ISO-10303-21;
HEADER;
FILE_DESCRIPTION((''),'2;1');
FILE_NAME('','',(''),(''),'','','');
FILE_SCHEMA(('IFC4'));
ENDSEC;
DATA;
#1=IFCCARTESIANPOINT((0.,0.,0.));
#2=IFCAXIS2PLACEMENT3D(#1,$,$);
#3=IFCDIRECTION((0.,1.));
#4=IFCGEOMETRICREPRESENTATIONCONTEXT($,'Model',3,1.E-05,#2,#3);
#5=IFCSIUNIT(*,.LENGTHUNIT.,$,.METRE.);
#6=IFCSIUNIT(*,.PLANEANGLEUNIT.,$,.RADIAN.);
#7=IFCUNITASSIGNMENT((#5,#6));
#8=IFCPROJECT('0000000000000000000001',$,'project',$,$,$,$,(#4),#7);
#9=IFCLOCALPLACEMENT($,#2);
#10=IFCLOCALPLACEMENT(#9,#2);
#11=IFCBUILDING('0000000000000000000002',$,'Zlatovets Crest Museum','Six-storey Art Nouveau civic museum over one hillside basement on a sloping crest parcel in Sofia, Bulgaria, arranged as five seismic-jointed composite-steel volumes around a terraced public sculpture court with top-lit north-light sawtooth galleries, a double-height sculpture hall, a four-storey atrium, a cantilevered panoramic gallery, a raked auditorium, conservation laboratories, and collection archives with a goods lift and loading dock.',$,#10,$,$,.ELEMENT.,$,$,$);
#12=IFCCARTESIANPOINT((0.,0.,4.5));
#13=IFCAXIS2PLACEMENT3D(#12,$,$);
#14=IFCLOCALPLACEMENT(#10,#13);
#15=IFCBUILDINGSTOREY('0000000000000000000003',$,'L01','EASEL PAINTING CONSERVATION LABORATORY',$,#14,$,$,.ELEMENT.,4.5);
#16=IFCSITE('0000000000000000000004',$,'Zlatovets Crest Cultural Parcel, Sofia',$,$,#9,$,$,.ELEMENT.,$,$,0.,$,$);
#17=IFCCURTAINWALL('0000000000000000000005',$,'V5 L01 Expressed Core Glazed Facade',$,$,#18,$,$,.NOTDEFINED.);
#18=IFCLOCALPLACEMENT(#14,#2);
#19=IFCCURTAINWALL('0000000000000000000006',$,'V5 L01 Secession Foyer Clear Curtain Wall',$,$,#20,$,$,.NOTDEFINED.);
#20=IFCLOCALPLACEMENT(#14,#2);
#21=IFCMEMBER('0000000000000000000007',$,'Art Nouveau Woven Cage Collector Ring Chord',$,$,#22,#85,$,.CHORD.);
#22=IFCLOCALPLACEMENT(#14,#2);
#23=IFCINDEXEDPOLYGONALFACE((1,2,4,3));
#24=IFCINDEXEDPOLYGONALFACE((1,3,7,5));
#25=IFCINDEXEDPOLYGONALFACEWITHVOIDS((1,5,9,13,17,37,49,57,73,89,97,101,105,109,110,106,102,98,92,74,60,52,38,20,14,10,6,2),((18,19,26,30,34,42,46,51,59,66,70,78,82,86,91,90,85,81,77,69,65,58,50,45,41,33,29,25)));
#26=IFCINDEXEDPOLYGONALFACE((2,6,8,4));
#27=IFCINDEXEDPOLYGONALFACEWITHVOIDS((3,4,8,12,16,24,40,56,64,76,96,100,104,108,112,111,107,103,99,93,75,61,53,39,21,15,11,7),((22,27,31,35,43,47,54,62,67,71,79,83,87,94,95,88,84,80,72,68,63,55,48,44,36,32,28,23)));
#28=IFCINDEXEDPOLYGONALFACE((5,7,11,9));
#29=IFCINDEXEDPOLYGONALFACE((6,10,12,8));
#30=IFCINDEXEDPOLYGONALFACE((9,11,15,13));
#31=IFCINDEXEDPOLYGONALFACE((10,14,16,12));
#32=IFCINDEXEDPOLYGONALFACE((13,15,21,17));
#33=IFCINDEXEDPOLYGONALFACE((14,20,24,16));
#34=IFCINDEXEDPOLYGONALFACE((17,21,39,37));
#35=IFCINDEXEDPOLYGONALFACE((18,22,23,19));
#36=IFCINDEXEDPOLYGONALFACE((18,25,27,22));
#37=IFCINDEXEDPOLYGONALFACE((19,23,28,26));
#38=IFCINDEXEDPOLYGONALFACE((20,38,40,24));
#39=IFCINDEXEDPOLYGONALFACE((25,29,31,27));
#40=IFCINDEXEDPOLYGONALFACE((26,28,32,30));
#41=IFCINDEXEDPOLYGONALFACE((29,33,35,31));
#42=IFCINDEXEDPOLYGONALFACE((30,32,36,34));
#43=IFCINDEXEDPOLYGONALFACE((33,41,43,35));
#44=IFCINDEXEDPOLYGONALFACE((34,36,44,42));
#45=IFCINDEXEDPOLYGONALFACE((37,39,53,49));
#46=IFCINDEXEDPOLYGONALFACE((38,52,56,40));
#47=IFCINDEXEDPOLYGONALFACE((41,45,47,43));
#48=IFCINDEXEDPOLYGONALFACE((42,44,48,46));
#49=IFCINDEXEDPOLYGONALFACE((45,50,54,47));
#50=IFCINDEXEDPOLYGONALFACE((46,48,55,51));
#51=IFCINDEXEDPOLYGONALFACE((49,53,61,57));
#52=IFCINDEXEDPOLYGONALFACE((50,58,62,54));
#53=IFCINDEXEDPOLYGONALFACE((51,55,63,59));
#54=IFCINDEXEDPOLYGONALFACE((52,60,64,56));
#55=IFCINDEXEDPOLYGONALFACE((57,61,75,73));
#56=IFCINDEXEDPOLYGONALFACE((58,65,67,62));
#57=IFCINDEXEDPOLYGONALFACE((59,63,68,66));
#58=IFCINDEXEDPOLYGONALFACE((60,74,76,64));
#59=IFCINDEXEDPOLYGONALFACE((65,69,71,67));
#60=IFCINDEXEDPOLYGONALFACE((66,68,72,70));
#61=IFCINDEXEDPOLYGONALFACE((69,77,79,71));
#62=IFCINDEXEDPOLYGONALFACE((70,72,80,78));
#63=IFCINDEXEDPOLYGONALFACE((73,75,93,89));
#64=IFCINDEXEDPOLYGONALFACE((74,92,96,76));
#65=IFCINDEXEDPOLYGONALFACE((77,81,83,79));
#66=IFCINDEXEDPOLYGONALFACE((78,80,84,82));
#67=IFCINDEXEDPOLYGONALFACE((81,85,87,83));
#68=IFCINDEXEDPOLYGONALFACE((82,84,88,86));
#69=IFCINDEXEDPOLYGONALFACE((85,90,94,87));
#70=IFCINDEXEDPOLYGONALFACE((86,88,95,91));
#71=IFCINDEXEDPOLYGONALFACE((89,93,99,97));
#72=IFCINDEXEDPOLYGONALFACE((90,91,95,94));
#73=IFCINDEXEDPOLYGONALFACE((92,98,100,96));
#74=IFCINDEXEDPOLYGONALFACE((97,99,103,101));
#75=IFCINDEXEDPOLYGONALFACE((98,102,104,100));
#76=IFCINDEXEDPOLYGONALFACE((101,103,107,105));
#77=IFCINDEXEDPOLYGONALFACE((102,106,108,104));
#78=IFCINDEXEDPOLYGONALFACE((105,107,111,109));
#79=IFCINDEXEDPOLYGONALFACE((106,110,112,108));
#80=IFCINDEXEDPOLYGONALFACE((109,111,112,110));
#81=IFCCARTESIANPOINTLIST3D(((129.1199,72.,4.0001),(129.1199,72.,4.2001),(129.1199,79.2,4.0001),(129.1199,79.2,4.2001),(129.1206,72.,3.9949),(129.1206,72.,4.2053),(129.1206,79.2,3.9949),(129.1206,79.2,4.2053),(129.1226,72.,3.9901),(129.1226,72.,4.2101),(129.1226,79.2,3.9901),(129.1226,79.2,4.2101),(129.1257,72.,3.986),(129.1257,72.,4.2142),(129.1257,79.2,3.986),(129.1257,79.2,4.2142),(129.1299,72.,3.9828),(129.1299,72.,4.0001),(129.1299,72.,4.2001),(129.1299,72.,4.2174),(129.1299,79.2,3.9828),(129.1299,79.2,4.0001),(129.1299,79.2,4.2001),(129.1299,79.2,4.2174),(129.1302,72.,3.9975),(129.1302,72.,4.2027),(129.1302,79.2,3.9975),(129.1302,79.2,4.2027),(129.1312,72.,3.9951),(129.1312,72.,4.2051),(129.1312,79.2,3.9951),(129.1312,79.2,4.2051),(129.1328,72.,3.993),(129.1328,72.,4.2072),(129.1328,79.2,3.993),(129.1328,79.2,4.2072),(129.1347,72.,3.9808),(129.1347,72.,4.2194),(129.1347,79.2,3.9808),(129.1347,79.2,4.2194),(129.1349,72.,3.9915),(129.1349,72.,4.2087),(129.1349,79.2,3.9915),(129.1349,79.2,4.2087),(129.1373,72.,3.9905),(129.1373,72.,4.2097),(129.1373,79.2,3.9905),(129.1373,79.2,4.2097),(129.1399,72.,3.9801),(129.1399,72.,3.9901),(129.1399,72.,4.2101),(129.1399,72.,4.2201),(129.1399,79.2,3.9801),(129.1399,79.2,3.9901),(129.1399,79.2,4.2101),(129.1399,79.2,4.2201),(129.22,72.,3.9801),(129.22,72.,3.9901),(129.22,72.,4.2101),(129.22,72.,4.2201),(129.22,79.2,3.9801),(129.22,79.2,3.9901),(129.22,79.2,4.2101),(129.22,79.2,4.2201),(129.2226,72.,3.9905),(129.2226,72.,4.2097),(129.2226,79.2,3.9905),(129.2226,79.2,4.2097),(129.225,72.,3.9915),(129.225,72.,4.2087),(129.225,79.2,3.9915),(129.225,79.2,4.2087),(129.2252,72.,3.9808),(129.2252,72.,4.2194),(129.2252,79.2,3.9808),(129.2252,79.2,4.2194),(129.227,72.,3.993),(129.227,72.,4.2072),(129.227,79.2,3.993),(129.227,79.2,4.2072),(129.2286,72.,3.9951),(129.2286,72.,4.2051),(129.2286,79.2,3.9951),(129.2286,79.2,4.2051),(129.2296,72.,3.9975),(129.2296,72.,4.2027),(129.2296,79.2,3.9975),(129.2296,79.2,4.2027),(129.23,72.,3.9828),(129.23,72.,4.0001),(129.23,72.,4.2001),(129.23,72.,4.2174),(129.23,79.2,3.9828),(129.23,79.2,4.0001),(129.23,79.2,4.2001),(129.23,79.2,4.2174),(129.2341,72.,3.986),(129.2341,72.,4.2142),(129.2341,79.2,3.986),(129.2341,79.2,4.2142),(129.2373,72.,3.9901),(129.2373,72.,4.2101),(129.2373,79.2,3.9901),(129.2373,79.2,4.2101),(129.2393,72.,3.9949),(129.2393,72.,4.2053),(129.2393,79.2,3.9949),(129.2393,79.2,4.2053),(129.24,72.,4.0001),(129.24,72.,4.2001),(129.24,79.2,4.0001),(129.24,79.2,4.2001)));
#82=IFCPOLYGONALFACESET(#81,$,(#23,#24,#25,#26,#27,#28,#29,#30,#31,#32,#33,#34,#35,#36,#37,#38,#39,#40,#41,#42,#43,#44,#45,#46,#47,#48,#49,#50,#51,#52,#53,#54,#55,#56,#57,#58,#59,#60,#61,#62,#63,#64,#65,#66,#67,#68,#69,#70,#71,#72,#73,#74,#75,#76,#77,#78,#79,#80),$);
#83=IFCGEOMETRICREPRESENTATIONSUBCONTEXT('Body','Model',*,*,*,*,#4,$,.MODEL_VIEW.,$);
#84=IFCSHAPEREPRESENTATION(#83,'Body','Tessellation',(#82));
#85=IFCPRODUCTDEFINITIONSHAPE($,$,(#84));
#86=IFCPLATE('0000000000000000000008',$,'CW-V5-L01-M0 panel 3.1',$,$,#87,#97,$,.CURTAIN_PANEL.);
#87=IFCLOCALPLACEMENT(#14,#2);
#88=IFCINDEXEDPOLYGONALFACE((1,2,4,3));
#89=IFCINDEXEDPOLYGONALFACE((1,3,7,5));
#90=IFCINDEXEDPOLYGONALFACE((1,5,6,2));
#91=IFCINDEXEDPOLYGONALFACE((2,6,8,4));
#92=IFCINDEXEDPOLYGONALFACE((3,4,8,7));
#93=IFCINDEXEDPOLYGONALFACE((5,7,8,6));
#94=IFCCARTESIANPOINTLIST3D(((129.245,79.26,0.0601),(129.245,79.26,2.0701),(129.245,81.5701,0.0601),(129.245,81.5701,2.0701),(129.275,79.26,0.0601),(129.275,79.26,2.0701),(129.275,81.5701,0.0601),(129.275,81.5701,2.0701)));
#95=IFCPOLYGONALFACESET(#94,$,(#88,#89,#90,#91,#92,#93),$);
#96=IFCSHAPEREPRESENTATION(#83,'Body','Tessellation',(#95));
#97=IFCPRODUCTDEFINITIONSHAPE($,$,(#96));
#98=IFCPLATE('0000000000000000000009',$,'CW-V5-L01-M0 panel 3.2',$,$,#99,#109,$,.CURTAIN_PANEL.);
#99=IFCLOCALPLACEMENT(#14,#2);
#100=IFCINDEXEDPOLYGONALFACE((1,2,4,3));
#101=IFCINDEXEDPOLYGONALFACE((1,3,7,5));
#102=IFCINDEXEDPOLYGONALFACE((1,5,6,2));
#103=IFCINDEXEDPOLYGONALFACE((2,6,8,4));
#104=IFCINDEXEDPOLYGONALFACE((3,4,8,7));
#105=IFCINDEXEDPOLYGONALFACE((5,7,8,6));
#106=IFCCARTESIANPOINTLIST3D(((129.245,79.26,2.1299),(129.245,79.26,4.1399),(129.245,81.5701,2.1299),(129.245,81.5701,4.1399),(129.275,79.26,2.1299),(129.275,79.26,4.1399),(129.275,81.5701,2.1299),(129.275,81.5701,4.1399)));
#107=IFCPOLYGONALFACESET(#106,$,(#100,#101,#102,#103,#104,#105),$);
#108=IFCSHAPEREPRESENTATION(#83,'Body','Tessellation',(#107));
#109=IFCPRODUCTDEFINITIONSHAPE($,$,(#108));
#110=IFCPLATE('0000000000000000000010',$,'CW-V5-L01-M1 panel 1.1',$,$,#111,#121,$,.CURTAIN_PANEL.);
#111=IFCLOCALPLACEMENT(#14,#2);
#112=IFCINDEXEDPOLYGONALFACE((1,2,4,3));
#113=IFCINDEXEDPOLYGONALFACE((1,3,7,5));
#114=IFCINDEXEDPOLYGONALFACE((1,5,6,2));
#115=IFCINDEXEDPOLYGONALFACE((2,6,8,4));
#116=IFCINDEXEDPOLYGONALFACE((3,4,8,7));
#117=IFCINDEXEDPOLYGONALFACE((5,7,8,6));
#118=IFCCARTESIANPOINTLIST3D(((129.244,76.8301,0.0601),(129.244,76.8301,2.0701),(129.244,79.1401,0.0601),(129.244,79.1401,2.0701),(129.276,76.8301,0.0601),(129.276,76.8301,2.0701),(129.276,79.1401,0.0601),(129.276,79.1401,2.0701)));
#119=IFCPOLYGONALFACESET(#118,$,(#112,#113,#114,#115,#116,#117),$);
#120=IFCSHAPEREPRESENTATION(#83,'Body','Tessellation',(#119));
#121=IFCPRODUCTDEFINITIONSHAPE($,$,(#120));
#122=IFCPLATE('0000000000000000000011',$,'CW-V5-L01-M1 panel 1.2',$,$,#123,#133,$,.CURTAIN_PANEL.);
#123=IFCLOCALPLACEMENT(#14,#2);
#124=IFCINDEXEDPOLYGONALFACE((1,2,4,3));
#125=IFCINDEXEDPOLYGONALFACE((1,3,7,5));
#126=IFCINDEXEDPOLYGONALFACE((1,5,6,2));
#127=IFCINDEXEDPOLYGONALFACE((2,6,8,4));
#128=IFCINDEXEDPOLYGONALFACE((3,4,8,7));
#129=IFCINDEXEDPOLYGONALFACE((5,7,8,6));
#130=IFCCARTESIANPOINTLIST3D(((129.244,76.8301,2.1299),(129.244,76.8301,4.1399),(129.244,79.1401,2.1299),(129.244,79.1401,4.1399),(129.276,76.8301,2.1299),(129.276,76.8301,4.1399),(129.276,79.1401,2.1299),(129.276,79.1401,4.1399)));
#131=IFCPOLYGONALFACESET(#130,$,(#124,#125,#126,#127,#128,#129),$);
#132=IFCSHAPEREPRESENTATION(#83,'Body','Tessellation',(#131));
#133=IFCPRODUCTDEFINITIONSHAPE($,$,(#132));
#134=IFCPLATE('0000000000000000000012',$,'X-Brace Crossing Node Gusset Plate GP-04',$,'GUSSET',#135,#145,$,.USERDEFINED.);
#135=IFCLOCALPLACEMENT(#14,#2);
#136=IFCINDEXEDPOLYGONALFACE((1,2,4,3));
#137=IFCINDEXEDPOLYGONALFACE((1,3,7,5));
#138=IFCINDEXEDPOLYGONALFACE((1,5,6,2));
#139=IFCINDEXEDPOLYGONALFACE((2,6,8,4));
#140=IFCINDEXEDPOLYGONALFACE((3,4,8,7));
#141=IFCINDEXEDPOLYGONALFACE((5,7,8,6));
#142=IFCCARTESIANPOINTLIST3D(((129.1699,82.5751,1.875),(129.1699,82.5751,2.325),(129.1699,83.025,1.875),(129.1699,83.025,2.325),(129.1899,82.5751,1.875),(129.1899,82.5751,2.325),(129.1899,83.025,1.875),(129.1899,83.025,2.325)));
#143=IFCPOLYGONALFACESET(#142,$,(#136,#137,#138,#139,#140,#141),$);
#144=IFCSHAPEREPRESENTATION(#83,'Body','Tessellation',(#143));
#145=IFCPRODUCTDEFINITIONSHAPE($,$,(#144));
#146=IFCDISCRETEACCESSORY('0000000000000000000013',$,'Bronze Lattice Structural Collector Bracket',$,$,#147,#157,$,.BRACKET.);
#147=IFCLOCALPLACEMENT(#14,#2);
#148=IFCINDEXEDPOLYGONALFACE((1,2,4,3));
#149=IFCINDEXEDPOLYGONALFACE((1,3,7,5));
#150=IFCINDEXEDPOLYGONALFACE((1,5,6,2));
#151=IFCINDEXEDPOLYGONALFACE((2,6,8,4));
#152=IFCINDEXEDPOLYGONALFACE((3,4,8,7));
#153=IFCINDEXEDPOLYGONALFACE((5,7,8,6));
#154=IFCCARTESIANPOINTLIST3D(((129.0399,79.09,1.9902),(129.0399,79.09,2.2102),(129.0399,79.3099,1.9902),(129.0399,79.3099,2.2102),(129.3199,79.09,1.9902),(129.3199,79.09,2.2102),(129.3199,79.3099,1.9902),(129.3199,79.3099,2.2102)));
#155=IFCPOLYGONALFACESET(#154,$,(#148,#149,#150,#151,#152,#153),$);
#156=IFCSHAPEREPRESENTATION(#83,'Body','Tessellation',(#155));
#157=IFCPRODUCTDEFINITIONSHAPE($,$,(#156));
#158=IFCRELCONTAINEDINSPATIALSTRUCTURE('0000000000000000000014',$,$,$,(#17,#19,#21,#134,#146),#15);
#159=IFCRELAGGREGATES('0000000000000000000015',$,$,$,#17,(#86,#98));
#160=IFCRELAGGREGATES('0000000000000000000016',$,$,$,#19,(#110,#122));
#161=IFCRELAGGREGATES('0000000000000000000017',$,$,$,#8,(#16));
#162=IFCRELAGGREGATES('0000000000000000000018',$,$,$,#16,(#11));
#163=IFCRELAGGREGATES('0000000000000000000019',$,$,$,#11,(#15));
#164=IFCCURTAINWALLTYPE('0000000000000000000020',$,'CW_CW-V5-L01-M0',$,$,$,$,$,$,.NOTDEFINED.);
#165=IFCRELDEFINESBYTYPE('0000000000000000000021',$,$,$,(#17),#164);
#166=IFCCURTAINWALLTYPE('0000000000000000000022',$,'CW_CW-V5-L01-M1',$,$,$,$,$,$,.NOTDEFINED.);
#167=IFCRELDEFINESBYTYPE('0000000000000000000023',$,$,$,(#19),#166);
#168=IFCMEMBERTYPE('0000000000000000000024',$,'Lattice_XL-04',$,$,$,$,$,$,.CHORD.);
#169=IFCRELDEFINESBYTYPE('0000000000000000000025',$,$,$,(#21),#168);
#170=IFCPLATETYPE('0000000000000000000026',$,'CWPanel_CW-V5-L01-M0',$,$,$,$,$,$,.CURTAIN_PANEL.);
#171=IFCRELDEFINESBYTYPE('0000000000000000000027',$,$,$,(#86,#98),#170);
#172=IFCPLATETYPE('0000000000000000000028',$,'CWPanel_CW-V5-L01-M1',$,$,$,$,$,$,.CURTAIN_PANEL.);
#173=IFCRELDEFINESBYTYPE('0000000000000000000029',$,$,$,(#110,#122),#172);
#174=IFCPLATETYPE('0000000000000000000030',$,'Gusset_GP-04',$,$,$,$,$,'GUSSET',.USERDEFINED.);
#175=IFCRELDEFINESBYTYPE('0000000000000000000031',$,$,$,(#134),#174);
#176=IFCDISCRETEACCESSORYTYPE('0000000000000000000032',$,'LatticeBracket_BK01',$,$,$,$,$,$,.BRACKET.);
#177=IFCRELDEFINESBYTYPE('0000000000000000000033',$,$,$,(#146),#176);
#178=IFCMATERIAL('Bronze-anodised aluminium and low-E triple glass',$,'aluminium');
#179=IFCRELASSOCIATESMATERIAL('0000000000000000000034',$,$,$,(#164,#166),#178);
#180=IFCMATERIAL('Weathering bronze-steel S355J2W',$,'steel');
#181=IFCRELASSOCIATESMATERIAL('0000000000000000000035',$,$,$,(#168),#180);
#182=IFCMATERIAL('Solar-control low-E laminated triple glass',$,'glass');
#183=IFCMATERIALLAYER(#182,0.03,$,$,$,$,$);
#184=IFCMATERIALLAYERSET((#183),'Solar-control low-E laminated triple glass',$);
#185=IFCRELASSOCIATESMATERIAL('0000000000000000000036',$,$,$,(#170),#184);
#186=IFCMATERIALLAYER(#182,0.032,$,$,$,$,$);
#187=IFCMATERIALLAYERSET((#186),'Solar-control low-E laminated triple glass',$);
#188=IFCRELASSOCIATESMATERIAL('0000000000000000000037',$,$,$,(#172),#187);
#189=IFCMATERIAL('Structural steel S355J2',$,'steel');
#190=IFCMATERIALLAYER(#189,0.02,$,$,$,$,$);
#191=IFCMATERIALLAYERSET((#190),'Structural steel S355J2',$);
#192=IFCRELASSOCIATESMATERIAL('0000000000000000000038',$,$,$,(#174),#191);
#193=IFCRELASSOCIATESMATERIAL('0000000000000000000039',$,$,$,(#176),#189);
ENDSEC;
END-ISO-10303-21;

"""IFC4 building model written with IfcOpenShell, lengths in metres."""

from ifc_helpers import new_model, si_unit, direction, frame, origin, origin_2d, place, context, subcontext, project, spatial, rectangle, hollow_rectangle, extrude, material, layer, layer_set, material_profile, profile_set, type_object, element, aggregate, save


model = new_model("IFC4")

# Units and contexts
model_context = context("Model", 3, precision=1e-05, world=origin(), true_north=direction((0.0, 1.0)))
body_context = subcontext(model_context, "Body", "Model", "MODEL_VIEW")
ifc_project = project(units=[si_unit("LENGTHUNIT", "METRE"), si_unit("PLANEANGLEUNIT", "RADIAN")], contexts=[model_context])

# Site, building, storey
site_placement = place(None, origin())
site = spatial("IfcSite", under=ifc_project, at=site_placement, Name="Zlatovets Crest Cultural Parcel, Sofia", CompositionType="ELEMENT", RefElevation=0.0)
building_placement = place(site_placement, origin())
building = spatial("IfcBuilding", under=site, at=building_placement, Name="Zlatovets Crest Museum", Description="Six-storey Art Nouveau civic museum over one hillside basement on a sloping crest parcel in Sofia, Bulgaria, arranged as five seismic-jointed composite-steel volumes around a terraced public sculpture court with top-lit north-light sawtooth galleries, a double-height sculpture hall, a four-storey atrium, a cantilevered panoramic gallery, a raked auditorium, conservation laboratories, and collection archives with a goods lift and loading dock.", CompositionType="ELEMENT")
storey_placement = place(building_placement, frame((0.0, 0.0, 4.5)))
storey = spatial("IfcBuildingStorey", under=building, at=storey_placement, Name="L01", Description="EASEL PAINTING CONSERVATION LABORATORY", CompositionType="ELEMENT", Elevation=4.5)

# Curtain wall
ifc_material_1 = material(Name="Bronze-anodised aluminium and low-E triple glass", Category="aluminium")
curtain_wall_type_1 = type_object("IfcCurtainWallType", Name="CW_CW-V5-L01-M0", PredefinedType="NOTDEFINED", material=ifc_material_1)
curtain_wall_1_placement = place(storey_placement, origin())
curtain_wall_1 = element("IfcCurtainWall", 1, at=curtain_wall_1_placement, inside=storey, type_object=curtain_wall_type_1, Name="V5 L01 Expressed Core Glazed Facade", PredefinedType="NOTDEFINED")

# Curtain wall
curtain_wall_type_2 = type_object("IfcCurtainWallType", Name="CW_CW-V5-L01-M1", PredefinedType="NOTDEFINED", material=ifc_material_1)
curtain_wall_2_placement = place(storey_placement, origin())
curtain_wall_2 = element("IfcCurtainWall", 2, at=curtain_wall_2_placement, inside=storey, type_object=curtain_wall_type_2, Name="V5 L01 Secession Foyer Clear Curtain Wall", PredefinedType="NOTDEFINED")

# Member
ifc_material_2 = material(Name="Weathering bronze-steel S355J2W", Category="steel")
ifc_material_profile_1 = material_profile(ifc_material_2, hollow_rectangle(XDim=0.1201, YDim=0.24, WallThickness=0.01, InnerFilletRadius=0.01, OuterFilletRadius=0.02, at=origin_2d()), Name="RHS 120x240x10.0")
ifc_profile_set_1 = profile_set([ifc_material_profile_1], Name="Weathering bronze-steel S355J2W")
member_type_1 = type_object("IfcMemberType", Name="Lattice_XL-04", PredefinedType="CHORD", material=ifc_profile_set_1)
member_1_placement = place(storey_placement, frame((129.1799, 79.2, 4.1001), z_axis=(0.0, -1.0, 0.0), x_axis=(1.0, 0.0, 0.0)))
element("IfcMember", 3, at=member_1_placement, inside=storey, type_object=member_type_1, Name="Art Nouveau Woven Cage Collector Ring Chord", PredefinedType="CHORD", context=body_context, shape_type="SweptSolid", body=[
    extrude(hollow_rectangle(XDim=0.1201, YDim=0.24, WallThickness=0.01, InnerFilletRadius=0.01, OuterFilletRadius=0.02, at=origin_2d()), origin(), (0.0, 0.0, 1.0), 7.2),
])

# Plates
ifc_material_3 = material(Name="Solar-control low-E laminated triple glass", Category="glass")
ifc_layer_1 = layer(ifc_material_3, 0.03)
ifc_layer_set_1 = layer_set([ifc_layer_1], Name="Solar-control low-E laminated triple glass")
plate_type_1 = type_object("IfcPlateType", Name="CWPanel_CW-V5-L01-M0", PredefinedType="CURTAIN_PANEL", material=ifc_layer_set_1)
plate_1_placement = place(storey_placement, frame((129.26, 80.415, 0.0601), z_axis=(0.0, 0.0, 1.0), x_axis=(0.0, -1.0, 0.0)))
plate_1 = element("IfcPlate", 4, at=plate_1_placement, type_object=plate_type_1, Name="CW-V5-L01-M0 panel 3.1", PredefinedType="CURTAIN_PANEL", context=body_context, shape_type="SweptSolid", body=[
    extrude(rectangle(XDim=2.3101, YDim=0.03, at=origin_2d()), origin(), (0.0, 0.0, 1.0), 2.01),
])
plate_2_placement = place(storey_placement, frame((129.26, 80.415, 2.1299), z_axis=(0.0, 0.0, 1.0), x_axis=(0.0, -1.0, 0.0)))
plate_2 = element("IfcPlate", 5, at=plate_2_placement, type_object=plate_type_1, Name="CW-V5-L01-M0 panel 3.2", PredefinedType="CURTAIN_PANEL", context=body_context, shape_type="SweptSolid", body=[
    extrude(rectangle(XDim=2.3101, YDim=0.03, at=origin_2d()), origin(), (0.0, 0.0, 1.0), 2.01),
])
aggregate(curtain_wall_1, [plate_1, plate_2])
ifc_layer_2 = layer(ifc_material_3, 0.032)
ifc_layer_set_2 = layer_set([ifc_layer_2], Name="Solar-control low-E laminated triple glass")
plate_type_2 = type_object("IfcPlateType", Name="CWPanel_CW-V5-L01-M1", PredefinedType="CURTAIN_PANEL", material=ifc_layer_set_2)
plate_3_placement = place(storey_placement, frame((129.26, 77.9851, 0.0601), z_axis=(0.0, 0.0, 1.0), x_axis=(0.0, -1.0, 0.0)))
plate_3 = element("IfcPlate", 6, at=plate_3_placement, type_object=plate_type_2, Name="CW-V5-L01-M1 panel 1.1", PredefinedType="CURTAIN_PANEL", context=body_context, shape_type="SweptSolid", body=[
    extrude(rectangle(XDim=2.3101, YDim=0.032, at=origin_2d()), origin(), (0.0, 0.0, 1.0), 2.01),
])
plate_4_placement = place(storey_placement, frame((129.26, 77.9851, 2.1299), z_axis=(0.0, 0.0, 1.0), x_axis=(0.0, -1.0, 0.0)))
plate_4 = element("IfcPlate", 7, at=plate_4_placement, type_object=plate_type_2, Name="CW-V5-L01-M1 panel 1.2", PredefinedType="CURTAIN_PANEL", context=body_context, shape_type="SweptSolid", body=[
    extrude(rectangle(XDim=2.3101, YDim=0.032, at=origin_2d()), origin(), (0.0, 0.0, 1.0), 2.01),
])
aggregate(curtain_wall_2, [plate_3, plate_4])
ifc_material_4 = material(Name="Structural steel S355J2", Category="steel")
ifc_layer_3 = layer(ifc_material_4, 0.02)
ifc_layer_set_3 = layer_set([ifc_layer_3], Name="Structural steel S355J2")
plate_type_3 = type_object("IfcPlateType", Name="Gusset_GP-04", ElementType="GUSSET", PredefinedType="USERDEFINED", material=ifc_layer_set_3)
plate_5_placement = place(storey_placement, frame((129.1799, 82.8, 1.875), z_axis=(0.0, 0.0, 1.0), x_axis=(1.0, 0.0, 0.0)))
element("IfcPlate", 8, at=plate_5_placement, inside=storey, type_object=plate_type_3, Name="X-Brace Crossing Node Gusset Plate GP-04", ObjectType="GUSSET", PredefinedType="USERDEFINED", context=body_context, shape_type="SweptSolid", body=[
    extrude(rectangle(XDim=0.02, YDim=0.45, at=origin_2d()), origin(), (0.0, 0.0, 1.0), 0.45),
])

# Discrete accessory
discrete_accessory_type = type_object("IfcDiscreteAccessoryType", Name="LatticeBracket_BK01", PredefinedType="BRACKET", material=ifc_material_4)
discrete_accessory_placement = place(storey_placement, frame((129.1799, 79.2, 1.9902), z_axis=(0.0, 0.0, 1.0), x_axis=(1.0, 0.0, 0.0)))
element("IfcDiscreteAccessory", 9, at=discrete_accessory_placement, inside=storey, type_object=discrete_accessory_type, Name="Bronze Lattice Structural Collector Bracket", PredefinedType="BRACKET", context=body_context, shape_type="SweptSolid", body=[
    extrude(rectangle(XDim=0.28, YDim=0.22, at=origin_2d()), origin(), (0.0, 0.0, 1.0), 0.22),
])

save(model, "model.ifc")
